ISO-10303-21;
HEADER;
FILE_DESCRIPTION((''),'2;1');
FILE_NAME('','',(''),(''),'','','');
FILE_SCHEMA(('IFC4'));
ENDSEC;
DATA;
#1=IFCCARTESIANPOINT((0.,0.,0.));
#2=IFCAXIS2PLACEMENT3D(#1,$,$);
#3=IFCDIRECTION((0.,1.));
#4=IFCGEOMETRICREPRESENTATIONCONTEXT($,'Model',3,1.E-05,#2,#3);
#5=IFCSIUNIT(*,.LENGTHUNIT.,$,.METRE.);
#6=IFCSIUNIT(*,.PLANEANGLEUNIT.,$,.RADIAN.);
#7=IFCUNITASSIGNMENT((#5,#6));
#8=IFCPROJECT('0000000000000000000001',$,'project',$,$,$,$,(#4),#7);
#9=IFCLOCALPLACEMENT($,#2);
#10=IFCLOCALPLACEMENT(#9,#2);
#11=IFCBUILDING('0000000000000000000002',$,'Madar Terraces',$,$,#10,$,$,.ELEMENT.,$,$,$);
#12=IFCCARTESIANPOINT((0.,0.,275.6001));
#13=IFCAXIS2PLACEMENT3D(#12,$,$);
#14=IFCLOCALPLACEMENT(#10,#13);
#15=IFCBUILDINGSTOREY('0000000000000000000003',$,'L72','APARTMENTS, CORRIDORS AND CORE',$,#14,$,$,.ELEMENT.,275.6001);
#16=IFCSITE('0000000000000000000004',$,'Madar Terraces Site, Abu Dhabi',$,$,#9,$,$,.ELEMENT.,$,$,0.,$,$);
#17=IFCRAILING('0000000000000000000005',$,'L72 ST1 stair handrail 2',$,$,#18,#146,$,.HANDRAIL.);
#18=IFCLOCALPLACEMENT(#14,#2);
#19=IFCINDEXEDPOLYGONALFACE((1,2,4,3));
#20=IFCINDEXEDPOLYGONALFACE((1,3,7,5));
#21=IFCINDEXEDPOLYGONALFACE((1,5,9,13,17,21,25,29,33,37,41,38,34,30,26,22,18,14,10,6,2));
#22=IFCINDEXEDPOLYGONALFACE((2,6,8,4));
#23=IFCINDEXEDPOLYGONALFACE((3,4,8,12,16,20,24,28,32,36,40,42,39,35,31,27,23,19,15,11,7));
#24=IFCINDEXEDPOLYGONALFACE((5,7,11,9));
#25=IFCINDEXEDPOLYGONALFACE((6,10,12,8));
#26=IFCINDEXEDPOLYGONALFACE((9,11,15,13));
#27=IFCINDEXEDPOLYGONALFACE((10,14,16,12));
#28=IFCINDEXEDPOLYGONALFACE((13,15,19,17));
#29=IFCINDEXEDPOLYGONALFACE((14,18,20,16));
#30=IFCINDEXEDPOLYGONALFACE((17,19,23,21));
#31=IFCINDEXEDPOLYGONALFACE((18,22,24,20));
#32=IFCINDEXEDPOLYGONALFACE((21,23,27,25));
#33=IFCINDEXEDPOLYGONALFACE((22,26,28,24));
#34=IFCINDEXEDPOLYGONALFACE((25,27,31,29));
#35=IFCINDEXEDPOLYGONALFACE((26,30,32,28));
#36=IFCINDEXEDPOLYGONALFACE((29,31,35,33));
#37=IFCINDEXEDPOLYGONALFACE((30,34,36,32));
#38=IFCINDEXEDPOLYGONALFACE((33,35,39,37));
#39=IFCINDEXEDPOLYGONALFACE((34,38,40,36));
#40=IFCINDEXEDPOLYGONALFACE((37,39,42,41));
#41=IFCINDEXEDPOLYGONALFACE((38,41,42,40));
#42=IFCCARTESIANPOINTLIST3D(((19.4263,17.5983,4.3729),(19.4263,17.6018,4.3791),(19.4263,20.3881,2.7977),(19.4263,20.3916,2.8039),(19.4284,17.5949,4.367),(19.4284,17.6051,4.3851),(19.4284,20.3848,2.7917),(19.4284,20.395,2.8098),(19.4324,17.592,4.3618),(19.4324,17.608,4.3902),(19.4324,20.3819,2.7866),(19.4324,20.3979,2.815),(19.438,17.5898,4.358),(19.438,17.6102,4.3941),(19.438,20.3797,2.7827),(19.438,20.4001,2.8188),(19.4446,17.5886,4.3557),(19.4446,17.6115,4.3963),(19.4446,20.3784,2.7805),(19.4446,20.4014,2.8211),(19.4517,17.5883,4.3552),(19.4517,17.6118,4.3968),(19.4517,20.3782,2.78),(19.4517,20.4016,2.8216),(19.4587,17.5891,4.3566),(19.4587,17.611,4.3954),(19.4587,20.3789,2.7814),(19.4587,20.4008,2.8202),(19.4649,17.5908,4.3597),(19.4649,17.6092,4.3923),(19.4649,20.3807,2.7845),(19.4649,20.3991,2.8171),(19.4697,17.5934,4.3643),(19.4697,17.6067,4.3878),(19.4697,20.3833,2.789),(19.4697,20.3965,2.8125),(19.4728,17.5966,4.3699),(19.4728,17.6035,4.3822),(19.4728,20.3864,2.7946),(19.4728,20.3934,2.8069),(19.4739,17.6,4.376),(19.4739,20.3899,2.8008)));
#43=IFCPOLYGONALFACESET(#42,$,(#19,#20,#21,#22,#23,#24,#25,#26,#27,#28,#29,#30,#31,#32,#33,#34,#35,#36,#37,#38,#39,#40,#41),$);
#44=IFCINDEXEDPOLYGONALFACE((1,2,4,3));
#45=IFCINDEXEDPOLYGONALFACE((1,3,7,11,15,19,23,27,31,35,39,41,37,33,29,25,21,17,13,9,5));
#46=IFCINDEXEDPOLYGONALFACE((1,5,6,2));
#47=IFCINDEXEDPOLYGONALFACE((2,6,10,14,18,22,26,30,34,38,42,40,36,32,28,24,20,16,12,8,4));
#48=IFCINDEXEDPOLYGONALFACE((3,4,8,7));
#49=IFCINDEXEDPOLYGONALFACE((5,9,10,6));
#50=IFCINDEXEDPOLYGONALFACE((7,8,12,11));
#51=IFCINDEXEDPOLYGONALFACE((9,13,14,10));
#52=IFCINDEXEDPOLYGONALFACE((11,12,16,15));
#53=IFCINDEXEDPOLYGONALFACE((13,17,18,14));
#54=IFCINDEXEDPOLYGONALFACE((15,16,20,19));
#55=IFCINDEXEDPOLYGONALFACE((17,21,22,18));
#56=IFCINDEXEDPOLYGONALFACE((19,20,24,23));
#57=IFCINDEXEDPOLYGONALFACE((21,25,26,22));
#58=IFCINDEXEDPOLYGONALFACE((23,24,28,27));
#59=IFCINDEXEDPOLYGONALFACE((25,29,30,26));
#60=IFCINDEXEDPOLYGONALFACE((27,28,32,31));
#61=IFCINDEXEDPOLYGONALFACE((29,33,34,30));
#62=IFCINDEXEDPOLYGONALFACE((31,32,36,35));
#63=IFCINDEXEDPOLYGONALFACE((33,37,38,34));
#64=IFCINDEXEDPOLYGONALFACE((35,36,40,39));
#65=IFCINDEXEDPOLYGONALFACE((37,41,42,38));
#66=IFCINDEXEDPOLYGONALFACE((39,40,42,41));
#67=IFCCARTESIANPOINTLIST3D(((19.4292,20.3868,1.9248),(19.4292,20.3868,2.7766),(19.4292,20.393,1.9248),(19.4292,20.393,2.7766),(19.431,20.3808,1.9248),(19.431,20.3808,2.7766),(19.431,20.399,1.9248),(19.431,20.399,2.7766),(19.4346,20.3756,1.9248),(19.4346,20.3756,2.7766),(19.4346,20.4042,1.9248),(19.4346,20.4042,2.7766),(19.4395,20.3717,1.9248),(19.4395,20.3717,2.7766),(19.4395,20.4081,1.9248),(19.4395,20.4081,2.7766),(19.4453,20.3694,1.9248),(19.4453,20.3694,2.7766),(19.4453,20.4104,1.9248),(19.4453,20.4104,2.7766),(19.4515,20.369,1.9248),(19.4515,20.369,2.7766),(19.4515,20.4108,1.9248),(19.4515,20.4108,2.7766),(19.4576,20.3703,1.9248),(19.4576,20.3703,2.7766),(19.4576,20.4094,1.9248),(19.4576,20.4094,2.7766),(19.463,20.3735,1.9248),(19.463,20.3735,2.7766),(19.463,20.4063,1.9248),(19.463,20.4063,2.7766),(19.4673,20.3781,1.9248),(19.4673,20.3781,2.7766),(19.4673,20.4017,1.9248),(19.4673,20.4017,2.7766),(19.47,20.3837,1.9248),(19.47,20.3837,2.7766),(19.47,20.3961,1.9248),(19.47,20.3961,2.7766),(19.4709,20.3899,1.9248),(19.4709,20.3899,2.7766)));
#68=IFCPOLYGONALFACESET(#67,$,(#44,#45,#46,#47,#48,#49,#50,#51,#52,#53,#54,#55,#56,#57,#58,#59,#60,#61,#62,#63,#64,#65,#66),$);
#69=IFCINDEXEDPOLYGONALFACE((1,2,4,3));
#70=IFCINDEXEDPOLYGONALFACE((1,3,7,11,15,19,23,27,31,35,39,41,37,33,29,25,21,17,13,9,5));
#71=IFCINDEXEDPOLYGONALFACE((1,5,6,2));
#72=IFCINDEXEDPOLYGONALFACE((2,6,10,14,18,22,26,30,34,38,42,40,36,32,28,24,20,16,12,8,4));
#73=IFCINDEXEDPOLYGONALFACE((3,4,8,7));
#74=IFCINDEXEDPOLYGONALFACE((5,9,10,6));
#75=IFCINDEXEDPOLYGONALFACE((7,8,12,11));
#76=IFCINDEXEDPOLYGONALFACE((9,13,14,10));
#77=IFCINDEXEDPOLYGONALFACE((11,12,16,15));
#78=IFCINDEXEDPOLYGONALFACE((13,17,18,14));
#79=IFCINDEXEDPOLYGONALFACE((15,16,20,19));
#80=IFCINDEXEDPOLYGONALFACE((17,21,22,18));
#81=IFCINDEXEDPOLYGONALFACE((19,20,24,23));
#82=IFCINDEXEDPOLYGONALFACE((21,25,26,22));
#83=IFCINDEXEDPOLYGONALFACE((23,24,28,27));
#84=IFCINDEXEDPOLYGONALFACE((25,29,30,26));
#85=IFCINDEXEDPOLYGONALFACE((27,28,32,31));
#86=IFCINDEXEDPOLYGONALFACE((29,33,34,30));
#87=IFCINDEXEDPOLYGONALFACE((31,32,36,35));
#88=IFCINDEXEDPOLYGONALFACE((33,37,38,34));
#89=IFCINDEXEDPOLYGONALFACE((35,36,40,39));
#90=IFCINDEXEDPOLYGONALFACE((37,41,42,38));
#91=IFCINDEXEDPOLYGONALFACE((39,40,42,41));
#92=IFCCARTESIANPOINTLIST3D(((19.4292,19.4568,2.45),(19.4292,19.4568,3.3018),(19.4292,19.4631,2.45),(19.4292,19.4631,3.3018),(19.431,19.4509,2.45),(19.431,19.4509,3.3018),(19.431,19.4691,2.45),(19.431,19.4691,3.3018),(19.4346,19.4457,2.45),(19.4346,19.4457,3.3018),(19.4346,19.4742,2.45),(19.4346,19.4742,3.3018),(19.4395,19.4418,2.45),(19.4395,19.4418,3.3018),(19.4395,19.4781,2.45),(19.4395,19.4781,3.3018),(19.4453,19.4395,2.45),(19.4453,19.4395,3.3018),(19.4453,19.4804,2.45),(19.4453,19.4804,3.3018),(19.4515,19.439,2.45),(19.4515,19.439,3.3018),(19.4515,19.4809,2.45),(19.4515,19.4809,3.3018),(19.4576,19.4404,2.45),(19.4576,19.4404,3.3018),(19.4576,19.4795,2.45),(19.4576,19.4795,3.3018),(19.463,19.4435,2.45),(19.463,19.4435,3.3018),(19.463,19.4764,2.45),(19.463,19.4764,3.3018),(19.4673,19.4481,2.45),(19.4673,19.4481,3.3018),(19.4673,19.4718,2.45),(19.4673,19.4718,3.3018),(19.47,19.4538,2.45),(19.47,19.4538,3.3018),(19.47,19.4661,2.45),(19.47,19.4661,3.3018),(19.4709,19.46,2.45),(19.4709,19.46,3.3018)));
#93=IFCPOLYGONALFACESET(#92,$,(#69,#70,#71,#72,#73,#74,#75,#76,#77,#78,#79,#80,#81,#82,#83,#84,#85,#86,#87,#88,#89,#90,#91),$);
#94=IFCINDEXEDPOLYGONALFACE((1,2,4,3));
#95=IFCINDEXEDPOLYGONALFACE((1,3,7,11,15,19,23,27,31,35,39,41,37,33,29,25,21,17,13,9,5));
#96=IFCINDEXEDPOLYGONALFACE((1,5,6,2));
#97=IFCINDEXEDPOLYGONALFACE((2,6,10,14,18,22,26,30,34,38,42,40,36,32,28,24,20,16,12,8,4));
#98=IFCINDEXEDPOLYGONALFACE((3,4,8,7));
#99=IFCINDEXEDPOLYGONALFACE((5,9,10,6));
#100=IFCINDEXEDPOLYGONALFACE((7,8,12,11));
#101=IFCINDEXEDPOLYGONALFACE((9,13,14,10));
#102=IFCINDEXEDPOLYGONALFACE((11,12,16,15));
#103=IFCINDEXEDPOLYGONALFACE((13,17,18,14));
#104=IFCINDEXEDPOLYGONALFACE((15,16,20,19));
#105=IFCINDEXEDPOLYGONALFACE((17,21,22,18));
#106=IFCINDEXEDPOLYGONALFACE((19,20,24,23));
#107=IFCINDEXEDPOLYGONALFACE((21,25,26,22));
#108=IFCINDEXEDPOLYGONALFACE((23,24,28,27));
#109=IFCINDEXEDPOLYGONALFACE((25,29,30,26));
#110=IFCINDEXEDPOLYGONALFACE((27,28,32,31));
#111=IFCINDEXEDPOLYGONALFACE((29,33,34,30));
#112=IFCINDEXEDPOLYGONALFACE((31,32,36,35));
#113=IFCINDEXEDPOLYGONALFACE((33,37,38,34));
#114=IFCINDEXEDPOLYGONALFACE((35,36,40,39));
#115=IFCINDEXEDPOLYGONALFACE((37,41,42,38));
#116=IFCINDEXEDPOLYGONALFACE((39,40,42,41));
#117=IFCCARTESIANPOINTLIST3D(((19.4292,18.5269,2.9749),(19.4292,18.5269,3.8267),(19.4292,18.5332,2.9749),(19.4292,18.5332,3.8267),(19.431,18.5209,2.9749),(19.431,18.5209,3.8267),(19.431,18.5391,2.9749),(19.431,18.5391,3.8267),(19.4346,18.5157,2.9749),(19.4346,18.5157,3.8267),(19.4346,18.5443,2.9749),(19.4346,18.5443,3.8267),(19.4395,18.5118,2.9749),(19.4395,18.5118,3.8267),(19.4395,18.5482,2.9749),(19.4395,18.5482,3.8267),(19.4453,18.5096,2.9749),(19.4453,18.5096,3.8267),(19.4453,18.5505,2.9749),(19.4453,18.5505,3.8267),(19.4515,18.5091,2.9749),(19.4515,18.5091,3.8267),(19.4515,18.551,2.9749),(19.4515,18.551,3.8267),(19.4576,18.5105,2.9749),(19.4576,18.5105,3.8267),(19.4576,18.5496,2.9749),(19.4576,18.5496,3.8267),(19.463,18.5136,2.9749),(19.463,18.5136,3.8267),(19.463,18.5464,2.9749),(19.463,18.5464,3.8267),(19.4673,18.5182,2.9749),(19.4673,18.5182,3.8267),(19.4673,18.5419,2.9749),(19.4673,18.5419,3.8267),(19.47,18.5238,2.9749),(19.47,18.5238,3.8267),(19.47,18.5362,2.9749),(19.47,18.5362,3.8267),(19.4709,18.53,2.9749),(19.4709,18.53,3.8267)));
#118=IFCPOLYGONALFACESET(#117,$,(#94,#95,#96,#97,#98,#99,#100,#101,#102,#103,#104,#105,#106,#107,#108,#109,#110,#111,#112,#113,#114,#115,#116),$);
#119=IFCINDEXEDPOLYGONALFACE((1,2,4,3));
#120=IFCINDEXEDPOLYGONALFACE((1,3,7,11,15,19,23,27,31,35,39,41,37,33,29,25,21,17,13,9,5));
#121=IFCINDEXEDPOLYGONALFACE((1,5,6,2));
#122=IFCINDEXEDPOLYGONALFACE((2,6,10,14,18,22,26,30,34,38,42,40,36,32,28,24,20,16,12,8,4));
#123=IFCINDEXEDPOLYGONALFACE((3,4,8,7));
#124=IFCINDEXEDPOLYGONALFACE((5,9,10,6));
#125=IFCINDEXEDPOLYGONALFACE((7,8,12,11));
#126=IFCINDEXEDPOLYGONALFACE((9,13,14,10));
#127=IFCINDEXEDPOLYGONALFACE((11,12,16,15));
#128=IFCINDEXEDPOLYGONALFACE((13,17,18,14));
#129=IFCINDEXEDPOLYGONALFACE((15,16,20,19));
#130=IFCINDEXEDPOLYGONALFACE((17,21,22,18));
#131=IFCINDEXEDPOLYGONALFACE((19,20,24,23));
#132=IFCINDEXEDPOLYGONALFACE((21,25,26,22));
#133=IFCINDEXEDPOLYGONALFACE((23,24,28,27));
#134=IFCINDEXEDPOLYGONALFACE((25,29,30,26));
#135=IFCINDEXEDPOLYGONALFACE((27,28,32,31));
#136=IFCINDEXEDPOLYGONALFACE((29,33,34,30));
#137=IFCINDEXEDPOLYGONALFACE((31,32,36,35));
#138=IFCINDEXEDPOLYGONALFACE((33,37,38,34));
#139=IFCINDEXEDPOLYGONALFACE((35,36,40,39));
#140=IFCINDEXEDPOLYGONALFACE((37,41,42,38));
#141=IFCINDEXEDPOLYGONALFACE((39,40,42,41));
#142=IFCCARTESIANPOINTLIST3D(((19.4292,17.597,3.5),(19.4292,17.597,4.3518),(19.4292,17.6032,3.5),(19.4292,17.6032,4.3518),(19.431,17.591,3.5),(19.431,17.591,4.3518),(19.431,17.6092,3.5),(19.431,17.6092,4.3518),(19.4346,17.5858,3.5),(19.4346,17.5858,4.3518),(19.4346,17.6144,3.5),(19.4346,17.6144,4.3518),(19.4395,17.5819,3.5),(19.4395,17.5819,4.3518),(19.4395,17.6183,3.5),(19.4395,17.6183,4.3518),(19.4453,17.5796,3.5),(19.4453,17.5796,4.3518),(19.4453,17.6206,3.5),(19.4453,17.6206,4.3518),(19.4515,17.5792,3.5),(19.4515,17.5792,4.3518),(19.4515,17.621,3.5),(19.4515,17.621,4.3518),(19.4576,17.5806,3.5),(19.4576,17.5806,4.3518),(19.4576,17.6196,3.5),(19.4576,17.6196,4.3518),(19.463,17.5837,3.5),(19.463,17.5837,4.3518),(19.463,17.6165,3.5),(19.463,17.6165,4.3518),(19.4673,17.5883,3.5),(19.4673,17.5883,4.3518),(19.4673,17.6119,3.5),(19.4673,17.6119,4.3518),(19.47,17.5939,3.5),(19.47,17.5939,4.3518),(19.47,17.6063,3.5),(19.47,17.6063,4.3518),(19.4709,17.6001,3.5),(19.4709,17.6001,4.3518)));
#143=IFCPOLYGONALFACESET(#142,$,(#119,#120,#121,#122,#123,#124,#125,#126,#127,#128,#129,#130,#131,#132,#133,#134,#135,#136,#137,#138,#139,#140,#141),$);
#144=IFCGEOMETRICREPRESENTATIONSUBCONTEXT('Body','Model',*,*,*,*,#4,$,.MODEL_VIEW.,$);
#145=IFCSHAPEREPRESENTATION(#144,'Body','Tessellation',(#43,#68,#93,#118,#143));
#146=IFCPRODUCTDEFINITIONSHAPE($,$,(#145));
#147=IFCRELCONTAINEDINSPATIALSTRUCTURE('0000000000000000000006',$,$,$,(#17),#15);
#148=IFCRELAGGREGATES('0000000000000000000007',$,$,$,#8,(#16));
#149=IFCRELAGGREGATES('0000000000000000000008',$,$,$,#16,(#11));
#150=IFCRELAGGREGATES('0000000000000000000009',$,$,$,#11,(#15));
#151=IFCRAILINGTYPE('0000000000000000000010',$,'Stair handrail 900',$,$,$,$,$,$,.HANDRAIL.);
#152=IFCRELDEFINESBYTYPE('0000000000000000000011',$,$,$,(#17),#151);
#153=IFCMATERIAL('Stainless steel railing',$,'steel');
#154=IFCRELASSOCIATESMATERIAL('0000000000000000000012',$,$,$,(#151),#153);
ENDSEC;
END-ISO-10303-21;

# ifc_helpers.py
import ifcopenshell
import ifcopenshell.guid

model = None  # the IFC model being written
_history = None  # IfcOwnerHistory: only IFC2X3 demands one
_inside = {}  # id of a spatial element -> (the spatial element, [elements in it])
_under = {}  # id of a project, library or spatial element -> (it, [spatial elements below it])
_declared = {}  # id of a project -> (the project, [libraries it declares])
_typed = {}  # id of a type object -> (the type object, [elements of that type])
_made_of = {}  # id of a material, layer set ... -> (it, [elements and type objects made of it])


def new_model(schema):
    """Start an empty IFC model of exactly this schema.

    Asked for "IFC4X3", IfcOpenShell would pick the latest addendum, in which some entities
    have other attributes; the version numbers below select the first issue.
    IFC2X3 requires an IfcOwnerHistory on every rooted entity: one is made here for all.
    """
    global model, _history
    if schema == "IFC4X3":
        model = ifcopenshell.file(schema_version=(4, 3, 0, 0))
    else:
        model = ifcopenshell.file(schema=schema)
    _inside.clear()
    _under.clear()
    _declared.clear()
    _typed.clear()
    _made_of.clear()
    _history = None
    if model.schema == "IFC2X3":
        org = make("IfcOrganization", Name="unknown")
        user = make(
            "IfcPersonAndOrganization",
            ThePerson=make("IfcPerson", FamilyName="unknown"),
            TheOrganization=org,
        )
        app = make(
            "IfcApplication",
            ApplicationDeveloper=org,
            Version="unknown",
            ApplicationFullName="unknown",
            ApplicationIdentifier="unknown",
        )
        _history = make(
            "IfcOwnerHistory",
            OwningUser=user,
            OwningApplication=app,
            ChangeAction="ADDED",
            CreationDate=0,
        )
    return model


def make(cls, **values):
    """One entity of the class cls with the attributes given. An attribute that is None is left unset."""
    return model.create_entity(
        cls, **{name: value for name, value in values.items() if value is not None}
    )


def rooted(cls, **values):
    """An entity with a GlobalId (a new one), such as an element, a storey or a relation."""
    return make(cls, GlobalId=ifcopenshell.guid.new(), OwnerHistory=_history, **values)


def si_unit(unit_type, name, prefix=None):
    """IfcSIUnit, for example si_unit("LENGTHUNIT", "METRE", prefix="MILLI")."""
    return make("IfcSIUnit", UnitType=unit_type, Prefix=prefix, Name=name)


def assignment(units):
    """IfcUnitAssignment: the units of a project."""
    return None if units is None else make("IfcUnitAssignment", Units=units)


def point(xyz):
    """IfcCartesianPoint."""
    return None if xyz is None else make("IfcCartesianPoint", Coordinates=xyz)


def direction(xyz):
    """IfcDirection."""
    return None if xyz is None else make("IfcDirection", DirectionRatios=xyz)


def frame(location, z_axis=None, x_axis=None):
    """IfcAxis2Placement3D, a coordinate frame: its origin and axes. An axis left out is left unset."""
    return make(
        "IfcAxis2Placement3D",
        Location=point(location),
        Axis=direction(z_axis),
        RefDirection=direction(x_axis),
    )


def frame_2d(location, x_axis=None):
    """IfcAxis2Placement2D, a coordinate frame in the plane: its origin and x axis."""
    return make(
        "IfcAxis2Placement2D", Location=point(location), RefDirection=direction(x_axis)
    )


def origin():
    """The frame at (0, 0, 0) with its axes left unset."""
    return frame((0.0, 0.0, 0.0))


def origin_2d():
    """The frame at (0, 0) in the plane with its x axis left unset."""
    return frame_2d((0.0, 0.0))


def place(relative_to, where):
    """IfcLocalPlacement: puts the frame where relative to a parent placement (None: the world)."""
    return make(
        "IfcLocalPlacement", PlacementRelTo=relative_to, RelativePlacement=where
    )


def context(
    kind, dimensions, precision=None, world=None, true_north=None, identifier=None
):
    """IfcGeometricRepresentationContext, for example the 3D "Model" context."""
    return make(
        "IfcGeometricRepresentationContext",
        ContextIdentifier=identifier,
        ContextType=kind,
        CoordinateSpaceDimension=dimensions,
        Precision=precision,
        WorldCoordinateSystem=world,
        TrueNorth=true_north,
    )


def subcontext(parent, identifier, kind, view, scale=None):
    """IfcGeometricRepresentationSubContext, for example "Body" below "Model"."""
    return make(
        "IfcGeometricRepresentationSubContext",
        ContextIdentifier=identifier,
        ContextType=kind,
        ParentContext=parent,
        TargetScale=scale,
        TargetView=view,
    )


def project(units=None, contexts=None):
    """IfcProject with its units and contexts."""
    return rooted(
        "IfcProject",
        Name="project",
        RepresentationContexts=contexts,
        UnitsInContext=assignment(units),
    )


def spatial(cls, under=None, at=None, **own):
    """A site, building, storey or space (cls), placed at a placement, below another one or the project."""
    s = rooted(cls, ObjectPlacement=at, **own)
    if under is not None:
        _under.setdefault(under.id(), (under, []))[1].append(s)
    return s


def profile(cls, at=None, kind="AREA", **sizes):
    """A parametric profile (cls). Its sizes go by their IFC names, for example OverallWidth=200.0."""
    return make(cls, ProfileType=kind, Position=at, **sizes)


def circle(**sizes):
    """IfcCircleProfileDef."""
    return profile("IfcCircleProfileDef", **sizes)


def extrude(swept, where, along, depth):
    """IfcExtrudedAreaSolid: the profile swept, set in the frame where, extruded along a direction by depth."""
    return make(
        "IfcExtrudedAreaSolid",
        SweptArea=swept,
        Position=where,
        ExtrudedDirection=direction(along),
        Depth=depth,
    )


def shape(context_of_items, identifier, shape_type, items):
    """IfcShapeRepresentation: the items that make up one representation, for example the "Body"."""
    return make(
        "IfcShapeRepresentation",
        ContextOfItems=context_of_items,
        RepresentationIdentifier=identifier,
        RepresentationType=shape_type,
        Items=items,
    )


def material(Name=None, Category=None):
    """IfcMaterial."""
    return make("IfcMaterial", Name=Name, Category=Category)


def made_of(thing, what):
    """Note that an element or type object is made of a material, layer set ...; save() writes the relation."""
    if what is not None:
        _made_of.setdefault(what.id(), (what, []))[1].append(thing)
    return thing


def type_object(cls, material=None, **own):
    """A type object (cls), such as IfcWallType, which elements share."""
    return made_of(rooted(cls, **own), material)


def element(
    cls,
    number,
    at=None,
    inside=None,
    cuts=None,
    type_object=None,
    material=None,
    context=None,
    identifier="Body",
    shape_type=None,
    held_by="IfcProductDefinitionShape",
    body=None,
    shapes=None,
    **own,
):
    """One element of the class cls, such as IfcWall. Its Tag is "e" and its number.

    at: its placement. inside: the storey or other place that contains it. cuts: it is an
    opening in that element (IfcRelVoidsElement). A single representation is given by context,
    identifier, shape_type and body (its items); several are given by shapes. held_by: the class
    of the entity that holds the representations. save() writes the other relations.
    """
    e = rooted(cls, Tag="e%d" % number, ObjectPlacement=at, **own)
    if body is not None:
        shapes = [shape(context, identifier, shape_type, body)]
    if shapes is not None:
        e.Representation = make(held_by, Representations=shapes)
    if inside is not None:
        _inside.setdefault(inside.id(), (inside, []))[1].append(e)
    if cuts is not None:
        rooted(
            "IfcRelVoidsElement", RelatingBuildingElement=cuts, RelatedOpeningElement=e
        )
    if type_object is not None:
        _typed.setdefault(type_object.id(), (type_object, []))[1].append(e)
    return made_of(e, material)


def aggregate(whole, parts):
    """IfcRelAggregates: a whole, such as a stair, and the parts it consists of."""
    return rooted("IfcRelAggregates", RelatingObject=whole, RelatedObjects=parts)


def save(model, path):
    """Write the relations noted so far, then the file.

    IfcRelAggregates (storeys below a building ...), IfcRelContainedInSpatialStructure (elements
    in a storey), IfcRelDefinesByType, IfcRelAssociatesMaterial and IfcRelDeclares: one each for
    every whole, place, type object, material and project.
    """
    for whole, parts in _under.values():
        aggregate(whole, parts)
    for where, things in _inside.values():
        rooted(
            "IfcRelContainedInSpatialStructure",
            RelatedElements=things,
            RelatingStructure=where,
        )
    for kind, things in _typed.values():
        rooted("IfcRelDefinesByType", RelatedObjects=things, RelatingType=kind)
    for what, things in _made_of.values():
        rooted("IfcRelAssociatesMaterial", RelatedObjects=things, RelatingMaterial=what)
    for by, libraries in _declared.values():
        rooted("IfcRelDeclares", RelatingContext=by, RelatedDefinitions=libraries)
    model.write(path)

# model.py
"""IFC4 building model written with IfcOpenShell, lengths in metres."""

from ifc_helpers import new_model, si_unit, direction, frame, origin, origin_2d, place, context, subcontext, project, spatial, circle, extrude, material, type_object, element, save


model = new_model("IFC4")

# Units and contexts
model_context = context("Model", 3, precision=1e-05, world=origin(), true_north=direction((0.0, 1.0)))
body_context = subcontext(model_context, "Body", "Model", "MODEL_VIEW")
ifc_project = project(units=[si_unit("LENGTHUNIT", "METRE"), si_unit("PLANEANGLEUNIT", "RADIAN")], contexts=[model_context])

# Site, building, storey
site_placement = place(None, origin())
site = spatial("IfcSite", under=ifc_project, at=site_placement, Name="Madar Terraces Site, Abu Dhabi", CompositionType="ELEMENT", RefElevation=0.0)
building_placement = place(site_placement, origin())
building = spatial("IfcBuilding", under=site, at=building_placement, Name="Madar Terraces", CompositionType="ELEMENT")
storey_placement = place(building_placement, frame((0.0, 0.0, 275.6001)))
storey = spatial("IfcBuildingStorey", under=building, at=storey_placement, Name="L72", Description="APARTMENTS, CORRIDORS AND CORE", CompositionType="ELEMENT", Elevation=275.6001)

# Railing
ifc_material_1 = material(Name="Stainless steel railing", Category="steel")
railing_type_1 = type_object("IfcRailingType", Name="Stair handrail 900", PredefinedType="HANDRAIL", material=ifc_material_1)
railing_placement = place(storey_placement, frame((19.45, 20.3899, 1.9248)))
element("IfcRailing", 1, at=railing_placement, inside=storey, type_object=railing_type_1, Name="L72 ST1 stair handrail 2", PredefinedType="HANDRAIL", context=body_context, shape_type="SweptSolid", body=[
    extrude(circle(Radius=0.0239, at=origin_2d()), frame((0.0, 0.0, 0.876), z_axis=(0.0, -0.870783, 0.491668), x_axis=(1.0, 0.0, 0.0)), (0.0, 0.0, 1.0), 3.2039),
    extrude(circle(Radius=0.021, at=origin_2d()), origin(), (0.0, 0.0, 1.0), 0.8518),
    extrude(circle(Radius=0.021, at=origin_2d()), frame((0.0, -0.9299, 0.5251)), (0.0, 0.0, 1.0), 0.8518),
    extrude(circle(Radius=0.021, at=origin_2d()), frame((0.0, -1.8599, 1.05)), (0.0, 0.0, 1.0), 0.8518),
    extrude(circle(Radius=0.021, at=origin_2d()), frame((0.0, -2.7898, 1.5752)), (0.0, 0.0, 1.0), 0.8518),
])

save(model, "model.ifc")
